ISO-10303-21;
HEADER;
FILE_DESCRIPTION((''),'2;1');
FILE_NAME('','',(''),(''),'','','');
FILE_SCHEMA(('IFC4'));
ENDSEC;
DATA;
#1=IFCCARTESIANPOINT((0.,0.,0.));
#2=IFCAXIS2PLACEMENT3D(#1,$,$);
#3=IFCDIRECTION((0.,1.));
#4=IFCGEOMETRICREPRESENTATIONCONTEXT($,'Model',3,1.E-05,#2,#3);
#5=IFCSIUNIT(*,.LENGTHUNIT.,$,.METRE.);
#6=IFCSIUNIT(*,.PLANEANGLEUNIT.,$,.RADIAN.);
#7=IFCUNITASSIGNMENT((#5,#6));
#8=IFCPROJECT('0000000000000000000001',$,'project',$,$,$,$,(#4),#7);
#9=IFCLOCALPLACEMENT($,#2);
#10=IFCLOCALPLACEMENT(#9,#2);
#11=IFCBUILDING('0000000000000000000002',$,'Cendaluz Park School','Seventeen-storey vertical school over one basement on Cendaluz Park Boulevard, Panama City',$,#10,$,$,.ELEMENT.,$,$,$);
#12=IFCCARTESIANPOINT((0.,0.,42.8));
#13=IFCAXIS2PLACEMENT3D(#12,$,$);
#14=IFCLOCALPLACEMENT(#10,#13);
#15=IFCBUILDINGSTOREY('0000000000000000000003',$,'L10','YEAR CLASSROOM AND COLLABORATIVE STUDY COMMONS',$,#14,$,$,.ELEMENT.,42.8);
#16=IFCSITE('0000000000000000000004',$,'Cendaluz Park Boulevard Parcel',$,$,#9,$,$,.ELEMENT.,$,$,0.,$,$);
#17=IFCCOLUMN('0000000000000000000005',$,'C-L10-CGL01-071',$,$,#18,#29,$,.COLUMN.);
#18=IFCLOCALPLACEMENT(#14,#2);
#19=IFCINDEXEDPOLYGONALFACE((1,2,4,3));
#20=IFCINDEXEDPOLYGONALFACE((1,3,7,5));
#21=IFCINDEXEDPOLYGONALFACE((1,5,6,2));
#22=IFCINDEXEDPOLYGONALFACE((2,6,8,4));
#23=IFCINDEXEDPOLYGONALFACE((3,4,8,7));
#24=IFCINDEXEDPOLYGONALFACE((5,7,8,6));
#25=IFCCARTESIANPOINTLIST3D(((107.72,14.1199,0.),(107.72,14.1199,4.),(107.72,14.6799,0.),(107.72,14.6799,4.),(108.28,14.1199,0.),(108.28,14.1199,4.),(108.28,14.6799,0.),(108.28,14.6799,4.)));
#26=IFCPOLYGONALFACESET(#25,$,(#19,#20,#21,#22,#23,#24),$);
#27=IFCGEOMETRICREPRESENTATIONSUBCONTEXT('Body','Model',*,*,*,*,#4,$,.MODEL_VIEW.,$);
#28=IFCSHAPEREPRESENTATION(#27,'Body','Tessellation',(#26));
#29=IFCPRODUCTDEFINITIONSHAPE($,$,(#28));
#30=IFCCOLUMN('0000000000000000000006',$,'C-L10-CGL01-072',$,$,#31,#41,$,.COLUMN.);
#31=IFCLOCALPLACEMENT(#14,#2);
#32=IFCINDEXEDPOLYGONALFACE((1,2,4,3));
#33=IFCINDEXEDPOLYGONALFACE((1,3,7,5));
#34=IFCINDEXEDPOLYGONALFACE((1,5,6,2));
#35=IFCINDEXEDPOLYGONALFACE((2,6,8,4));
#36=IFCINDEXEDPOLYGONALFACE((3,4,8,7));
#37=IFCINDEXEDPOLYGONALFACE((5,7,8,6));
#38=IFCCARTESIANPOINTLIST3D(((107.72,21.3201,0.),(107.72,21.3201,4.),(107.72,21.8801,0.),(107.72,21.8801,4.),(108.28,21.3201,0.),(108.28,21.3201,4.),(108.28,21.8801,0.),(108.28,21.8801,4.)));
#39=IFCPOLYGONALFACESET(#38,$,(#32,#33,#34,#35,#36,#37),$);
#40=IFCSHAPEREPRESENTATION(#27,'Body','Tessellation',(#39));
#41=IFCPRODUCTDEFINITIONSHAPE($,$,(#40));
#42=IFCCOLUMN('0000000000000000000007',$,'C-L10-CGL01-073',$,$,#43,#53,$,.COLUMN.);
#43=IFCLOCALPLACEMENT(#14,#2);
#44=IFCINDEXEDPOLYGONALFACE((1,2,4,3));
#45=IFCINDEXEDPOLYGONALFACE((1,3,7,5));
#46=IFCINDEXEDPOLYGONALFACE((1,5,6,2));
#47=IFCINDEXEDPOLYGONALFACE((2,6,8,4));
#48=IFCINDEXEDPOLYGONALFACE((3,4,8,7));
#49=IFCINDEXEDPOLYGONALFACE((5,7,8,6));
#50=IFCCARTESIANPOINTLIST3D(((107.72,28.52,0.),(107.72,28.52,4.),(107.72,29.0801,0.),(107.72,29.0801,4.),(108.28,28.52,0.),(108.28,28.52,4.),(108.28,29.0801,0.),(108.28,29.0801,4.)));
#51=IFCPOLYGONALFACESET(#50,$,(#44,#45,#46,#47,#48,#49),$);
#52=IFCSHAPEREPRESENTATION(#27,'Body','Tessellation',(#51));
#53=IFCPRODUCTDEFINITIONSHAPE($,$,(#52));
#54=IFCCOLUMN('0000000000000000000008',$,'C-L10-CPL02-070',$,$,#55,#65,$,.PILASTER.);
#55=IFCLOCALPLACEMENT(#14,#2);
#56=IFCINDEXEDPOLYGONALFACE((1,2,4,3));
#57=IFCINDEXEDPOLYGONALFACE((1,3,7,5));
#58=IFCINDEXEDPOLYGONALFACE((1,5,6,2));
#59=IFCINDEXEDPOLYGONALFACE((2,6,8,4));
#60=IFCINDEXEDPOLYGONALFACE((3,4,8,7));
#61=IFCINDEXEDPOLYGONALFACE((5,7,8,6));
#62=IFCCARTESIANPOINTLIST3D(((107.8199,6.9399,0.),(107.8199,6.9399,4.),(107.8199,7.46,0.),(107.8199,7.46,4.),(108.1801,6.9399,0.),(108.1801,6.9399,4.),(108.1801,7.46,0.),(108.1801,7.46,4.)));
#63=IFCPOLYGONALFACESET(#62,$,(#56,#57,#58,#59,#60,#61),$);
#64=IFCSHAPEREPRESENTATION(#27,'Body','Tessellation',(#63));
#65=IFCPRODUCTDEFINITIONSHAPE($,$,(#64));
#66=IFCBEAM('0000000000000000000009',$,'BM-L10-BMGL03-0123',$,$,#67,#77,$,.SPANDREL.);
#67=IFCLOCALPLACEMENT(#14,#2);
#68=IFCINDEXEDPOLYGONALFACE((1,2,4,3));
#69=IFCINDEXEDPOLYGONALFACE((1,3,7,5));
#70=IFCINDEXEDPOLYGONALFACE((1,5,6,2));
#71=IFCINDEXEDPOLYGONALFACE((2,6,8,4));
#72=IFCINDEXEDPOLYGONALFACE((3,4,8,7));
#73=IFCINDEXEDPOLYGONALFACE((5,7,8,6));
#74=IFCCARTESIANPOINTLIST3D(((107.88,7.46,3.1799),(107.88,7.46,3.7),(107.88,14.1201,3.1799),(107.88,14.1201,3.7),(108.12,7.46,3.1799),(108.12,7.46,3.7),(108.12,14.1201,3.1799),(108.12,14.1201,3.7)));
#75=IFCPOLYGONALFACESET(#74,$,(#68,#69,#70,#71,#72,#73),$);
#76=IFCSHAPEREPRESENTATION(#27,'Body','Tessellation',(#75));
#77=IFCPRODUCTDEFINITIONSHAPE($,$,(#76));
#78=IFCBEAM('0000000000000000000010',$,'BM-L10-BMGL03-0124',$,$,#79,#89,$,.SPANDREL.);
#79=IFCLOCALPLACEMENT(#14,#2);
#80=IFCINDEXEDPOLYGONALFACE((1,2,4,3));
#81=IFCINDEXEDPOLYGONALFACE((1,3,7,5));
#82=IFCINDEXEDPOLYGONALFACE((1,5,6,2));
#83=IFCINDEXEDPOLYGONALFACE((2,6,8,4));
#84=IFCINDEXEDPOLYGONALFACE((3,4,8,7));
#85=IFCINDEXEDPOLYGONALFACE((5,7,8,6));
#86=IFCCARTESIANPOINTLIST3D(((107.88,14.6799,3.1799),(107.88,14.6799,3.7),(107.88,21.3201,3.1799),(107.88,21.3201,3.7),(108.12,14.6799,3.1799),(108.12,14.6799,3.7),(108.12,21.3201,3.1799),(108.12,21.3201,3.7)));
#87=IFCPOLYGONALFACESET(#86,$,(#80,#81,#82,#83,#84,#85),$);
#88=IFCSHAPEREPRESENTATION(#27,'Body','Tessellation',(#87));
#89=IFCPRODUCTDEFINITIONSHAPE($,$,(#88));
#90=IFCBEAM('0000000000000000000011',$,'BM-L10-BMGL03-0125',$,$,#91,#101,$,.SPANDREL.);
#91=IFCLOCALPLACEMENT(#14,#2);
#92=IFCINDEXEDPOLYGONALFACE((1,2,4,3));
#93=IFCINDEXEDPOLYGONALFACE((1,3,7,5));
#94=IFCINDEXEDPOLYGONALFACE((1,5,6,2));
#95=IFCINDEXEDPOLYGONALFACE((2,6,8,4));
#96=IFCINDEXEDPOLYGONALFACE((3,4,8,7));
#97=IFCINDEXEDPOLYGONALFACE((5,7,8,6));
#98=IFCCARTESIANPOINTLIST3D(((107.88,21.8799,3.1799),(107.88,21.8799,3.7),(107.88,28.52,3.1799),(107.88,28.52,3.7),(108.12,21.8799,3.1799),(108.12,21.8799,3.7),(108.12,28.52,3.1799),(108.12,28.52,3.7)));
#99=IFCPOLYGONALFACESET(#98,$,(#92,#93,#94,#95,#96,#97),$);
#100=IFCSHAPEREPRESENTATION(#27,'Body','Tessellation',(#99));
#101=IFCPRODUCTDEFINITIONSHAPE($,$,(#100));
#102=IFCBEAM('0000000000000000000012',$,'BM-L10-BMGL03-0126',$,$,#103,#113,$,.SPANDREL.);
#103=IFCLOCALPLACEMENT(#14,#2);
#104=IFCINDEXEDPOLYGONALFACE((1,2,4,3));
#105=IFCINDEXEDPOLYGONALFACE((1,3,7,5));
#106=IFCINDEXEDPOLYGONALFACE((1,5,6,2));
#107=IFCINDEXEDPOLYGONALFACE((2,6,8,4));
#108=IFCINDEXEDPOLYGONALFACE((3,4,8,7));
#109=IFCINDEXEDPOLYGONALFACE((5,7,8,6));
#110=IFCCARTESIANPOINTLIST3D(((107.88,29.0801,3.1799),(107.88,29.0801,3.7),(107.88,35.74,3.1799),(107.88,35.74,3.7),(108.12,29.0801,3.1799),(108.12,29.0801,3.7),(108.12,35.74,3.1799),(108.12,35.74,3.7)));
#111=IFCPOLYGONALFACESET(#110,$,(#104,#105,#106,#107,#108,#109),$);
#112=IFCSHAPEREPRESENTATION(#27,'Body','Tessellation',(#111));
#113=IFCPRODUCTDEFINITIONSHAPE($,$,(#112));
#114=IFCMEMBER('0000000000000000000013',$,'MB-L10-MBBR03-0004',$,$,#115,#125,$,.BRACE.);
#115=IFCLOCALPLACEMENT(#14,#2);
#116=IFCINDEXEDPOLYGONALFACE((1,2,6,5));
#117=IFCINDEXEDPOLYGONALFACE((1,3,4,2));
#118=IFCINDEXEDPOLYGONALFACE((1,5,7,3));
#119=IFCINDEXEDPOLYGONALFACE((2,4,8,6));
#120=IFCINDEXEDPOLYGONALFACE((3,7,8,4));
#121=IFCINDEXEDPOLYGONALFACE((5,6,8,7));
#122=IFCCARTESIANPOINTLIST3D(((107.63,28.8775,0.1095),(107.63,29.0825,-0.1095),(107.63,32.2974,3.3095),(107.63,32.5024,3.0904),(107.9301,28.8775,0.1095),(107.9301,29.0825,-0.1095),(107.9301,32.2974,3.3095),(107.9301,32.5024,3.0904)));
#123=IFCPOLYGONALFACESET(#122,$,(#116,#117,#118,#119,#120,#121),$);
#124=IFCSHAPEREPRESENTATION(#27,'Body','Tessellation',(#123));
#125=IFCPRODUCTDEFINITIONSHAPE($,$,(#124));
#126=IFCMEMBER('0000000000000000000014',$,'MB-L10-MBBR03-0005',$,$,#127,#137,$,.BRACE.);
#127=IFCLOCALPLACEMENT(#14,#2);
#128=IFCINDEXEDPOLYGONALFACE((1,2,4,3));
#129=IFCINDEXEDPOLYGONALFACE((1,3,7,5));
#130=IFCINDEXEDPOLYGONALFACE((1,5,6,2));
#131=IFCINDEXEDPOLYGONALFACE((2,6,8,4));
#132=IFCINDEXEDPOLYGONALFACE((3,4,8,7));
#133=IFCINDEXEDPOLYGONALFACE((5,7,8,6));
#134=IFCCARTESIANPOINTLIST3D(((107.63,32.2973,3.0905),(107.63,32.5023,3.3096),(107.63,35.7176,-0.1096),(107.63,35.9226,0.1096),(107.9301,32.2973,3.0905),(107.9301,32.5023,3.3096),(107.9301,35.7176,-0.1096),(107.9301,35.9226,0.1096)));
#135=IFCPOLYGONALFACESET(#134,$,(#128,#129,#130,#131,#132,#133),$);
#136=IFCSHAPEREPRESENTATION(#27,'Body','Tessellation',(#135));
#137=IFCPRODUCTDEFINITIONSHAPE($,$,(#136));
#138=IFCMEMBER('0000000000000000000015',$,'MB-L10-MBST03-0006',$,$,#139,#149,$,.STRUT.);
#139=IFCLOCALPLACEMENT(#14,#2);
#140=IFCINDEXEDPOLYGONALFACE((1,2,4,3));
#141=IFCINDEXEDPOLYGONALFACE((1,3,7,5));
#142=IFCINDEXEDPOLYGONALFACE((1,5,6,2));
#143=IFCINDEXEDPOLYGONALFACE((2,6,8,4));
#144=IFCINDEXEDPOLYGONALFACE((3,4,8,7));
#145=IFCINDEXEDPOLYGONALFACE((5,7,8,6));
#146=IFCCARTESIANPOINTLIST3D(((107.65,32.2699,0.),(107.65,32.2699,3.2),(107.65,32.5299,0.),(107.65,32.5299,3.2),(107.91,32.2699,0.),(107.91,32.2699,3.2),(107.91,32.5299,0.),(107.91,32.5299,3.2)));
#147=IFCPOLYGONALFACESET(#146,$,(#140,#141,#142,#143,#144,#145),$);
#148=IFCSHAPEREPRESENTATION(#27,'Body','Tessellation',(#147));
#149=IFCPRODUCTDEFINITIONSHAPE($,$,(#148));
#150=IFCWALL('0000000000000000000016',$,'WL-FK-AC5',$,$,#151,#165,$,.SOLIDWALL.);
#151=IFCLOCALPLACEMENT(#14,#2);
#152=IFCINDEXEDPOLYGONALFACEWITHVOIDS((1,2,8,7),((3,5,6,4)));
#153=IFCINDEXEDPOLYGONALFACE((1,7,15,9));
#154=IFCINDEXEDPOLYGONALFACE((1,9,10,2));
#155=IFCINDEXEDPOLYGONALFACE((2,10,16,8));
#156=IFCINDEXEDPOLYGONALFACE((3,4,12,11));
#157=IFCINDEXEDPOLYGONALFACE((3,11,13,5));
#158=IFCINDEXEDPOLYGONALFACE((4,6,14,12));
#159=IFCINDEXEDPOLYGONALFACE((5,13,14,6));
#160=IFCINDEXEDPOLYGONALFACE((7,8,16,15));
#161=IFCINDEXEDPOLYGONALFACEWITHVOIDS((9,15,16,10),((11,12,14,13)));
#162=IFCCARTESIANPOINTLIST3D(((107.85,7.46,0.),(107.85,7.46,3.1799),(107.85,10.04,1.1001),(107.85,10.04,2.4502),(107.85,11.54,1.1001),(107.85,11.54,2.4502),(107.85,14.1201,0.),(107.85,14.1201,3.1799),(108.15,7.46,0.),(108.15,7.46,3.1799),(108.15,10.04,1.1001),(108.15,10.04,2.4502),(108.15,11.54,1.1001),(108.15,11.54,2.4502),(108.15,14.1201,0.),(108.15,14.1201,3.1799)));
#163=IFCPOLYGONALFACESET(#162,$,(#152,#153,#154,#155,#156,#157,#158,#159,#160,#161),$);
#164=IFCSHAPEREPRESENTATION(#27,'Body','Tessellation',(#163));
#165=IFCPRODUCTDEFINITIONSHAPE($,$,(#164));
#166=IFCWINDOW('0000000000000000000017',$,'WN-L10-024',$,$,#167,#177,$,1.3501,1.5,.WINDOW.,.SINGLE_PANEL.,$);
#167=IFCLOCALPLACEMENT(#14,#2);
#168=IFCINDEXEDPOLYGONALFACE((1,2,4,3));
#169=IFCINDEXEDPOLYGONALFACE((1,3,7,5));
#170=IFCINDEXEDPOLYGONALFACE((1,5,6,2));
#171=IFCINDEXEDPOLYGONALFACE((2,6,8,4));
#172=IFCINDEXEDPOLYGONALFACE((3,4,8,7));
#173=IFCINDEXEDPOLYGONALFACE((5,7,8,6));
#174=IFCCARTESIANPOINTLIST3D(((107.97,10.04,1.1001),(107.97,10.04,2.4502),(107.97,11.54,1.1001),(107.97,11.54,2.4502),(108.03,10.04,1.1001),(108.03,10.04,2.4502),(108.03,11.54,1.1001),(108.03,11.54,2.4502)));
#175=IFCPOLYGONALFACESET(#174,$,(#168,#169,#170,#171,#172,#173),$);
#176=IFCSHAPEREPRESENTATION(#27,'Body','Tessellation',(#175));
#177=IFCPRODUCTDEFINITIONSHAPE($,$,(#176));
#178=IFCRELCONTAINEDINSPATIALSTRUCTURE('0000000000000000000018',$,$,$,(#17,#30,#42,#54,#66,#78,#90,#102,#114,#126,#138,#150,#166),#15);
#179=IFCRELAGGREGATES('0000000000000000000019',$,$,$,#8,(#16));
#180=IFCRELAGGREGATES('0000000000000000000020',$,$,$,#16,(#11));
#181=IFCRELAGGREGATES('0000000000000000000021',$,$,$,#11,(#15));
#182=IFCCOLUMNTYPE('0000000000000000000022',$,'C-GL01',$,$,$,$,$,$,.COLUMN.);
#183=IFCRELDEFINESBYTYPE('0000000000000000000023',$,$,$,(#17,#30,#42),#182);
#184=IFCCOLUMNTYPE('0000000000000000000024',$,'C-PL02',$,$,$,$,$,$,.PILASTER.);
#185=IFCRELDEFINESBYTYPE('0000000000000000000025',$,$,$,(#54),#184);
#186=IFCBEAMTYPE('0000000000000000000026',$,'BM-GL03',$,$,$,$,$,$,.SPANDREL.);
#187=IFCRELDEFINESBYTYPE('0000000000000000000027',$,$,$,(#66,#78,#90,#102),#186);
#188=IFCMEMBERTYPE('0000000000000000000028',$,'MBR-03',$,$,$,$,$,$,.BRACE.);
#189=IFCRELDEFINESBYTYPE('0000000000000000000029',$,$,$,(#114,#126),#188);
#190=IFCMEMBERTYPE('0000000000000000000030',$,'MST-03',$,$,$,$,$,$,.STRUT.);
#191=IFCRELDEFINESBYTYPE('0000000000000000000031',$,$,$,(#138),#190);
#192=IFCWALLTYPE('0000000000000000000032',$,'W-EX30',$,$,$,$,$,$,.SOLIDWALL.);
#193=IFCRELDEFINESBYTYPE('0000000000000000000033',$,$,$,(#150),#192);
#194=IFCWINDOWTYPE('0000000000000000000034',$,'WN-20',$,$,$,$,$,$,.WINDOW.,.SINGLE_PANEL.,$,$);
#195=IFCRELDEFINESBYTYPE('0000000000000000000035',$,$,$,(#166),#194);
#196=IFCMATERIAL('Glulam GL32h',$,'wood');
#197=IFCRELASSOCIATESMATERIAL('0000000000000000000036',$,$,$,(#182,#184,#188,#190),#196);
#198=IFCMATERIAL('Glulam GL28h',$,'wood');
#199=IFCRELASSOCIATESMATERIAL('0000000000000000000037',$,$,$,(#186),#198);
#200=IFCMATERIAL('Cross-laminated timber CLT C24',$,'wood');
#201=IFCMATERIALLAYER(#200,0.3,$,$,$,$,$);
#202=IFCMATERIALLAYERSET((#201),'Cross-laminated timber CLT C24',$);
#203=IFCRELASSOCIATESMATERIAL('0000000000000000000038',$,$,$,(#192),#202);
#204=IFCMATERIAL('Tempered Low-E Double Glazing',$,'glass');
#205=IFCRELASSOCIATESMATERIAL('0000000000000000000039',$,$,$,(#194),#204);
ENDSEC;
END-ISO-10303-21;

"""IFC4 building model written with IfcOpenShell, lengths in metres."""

from ifc_helpers import new_model, si_unit, direction, frame, frame_2d, origin, origin_2d, place, context, subcontext, project, spatial, rectangle, extrude, material, layer, layer_set, material_profile, profile_set, type_object, element, fill, save


model = new_model("IFC4")

# Units and contexts
model_context = context("Model", 3, precision=1e-05, world=origin(), true_north=direction((0.0, 1.0)))
body_context = subcontext(model_context, "Body", "Model", "MODEL_VIEW")
ifc_project = project(units=[si_unit("LENGTHUNIT", "METRE"), si_unit("PLANEANGLEUNIT", "RADIAN")], contexts=[model_context])

# Site, building, storey
site_placement = place(None, origin())
site = spatial("IfcSite", under=ifc_project, at=site_placement, Name="Cendaluz Park Boulevard Parcel", CompositionType="ELEMENT", RefElevation=0.0)
building_placement = place(site_placement, origin())
building = spatial("IfcBuilding", under=site, at=building_placement, Name="Cendaluz Park School", Description="Seventeen-storey vertical school over one basement on Cendaluz Park Boulevard, Panama City", CompositionType="ELEMENT")
storey_placement = place(building_placement, frame((0.0, 0.0, 42.8)))
storey = spatial("IfcBuildingStorey", under=building, at=storey_placement, Name="L10", Description="YEAR CLASSROOM AND COLLABORATIVE STUDY COMMONS", CompositionType="ELEMENT", Elevation=42.8)

# Columns
ifc_material_1 = material(Name="Glulam GL32h", Category="wood")
ifc_material_profile_1 = material_profile(ifc_material_1, rectangle(XDim=0.5601, YDim=0.5601, at=origin_2d()), Name="GL32h 560x560", Category="wood")
ifc_profile_set_1 = profile_set([ifc_material_profile_1], Name="Glulam GL32h")
column_type_1 = type_object("IfcColumnType", Name="C-GL01", PredefinedType="COLUMN", material=ifc_profile_set_1)
for number, where, z_axis, x_axis, name in (
    (1, (108.0, 14.3999, 0.0), (0.0, 0.0, 1.0), (1.0, 0.0, 0.0), "C-L10-CGL01-071"),
    (2, (108.0, 21.6001, 0.0), (0.0, 0.0, 1.0), (1.0, 0.0, 0.0), "C-L10-CGL01-072"),
    (3, (108.0, 28.8, 0.0), (0.0, 0.0, 1.0), (1.0, 0.0, 0.0), "C-L10-CGL01-073"),
):
    element("IfcColumn", number, at=place(storey_placement, frame(where, z_axis=z_axis, x_axis=x_axis)), inside=storey, type_object=column_type_1, Name=name, PredefinedType="COLUMN", context=body_context, shape_type="SweptSolid", body=[
        extrude(rectangle(XDim=0.5601, YDim=0.5601, at=origin_2d()), origin(), (0.0, 0.0, 1.0), 4.0),
    ])
ifc_material_profile_2 = material_profile(ifc_material_1, rectangle(XDim=0.3601, YDim=0.52, at=origin_2d()), Name="GL32h 360x520", Category="wood")
ifc_profile_set_2 = profile_set([ifc_material_profile_2], Name="Glulam GL32h")
column_type_2 = type_object("IfcColumnType", Name="C-PL02", PredefinedType="PILASTER", material=ifc_profile_set_2)
column_placement = place(storey_placement, frame((108.0, 7.2, 0.0), z_axis=(0.0, 0.0, 1.0), x_axis=(1.0, 0.0, 0.0)))
element("IfcColumn", 4, at=column_placement, inside=storey, type_object=column_type_2, Name="C-L10-CPL02-070", PredefinedType="PILASTER", context=body_context, shape_type="SweptSolid", body=[
    extrude(rectangle(XDim=0.3601, YDim=0.52, at=origin_2d()), origin(), (0.0, 0.0, 1.0), 4.0),
])

# Beams
ifc_material_2 = material(Name="Glulam GL28h", Category="wood")
ifc_material_profile_3 = material_profile(ifc_material_2, rectangle(XDim=0.24, YDim=0.52, at=origin_2d()), Name="GL28h 240x520", Category="wood")
ifc_profile_set_3 = profile_set([ifc_material_profile_3], Name="Glulam GL28h")
beam_type = type_object("IfcBeamType", Name="BM-GL03", PredefinedType="SPANDREL", material=ifc_profile_set_3)
beam_1_placement = place(storey_placement, frame((108.0, 7.46, 3.4399), z_axis=(0.0, 1.0, 0.0), x_axis=(-1.0, 0.0, 0.0)))
element("IfcBeam", 5, at=beam_1_placement, inside=storey, type_object=beam_type, Name="BM-L10-BMGL03-0123", PredefinedType="SPANDREL", context=body_context, shape_type="SweptSolid", body=[
    extrude(rectangle(XDim=0.24, YDim=0.52, at=origin_2d()), origin(), (0.0, 0.0, 1.0), 6.6602),
])
for number, where, z_axis, x_axis, name in (
    (6, (108.0, 14.6799, 3.4399), (0.0, 1.0, 0.0), (-1.0, 0.0, 0.0), "BM-L10-BMGL03-0124"),
    (7, (108.0, 21.8799, 3.4399), (0.0, 1.0, 0.0), (-1.0, 0.0, 0.0), "BM-L10-BMGL03-0125"),
):
    element("IfcBeam", number, at=place(storey_placement, frame(where, z_axis=z_axis, x_axis=x_axis)), inside=storey, type_object=beam_type, Name=name, PredefinedType="SPANDREL", context=body_context, shape_type="SweptSolid", body=[
        extrude(rectangle(XDim=0.24, YDim=0.52, at=origin_2d()), origin(), (0.0, 0.0, 1.0), 6.6401),
    ])
beam_2_placement = place(storey_placement, frame((108.0, 29.0801, 3.4399), z_axis=(0.0, 1.0, 0.0), x_axis=(-1.0, 0.0, 0.0)))
element("IfcBeam", 8, at=beam_2_placement, inside=storey, type_object=beam_type, Name="BM-L10-BMGL03-0126", PredefinedType="SPANDREL", context=body_context, shape_type="SweptSolid", body=[
    extrude(rectangle(XDim=0.24, YDim=0.52, at=origin_2d()), origin(), (0.0, 0.0, 1.0), 6.6599),
])

# Members
ifc_material_profile_4 = material_profile(ifc_material_1, rectangle(XDim=0.3, YDim=0.3, at=origin_2d()), Name="GL32h 300x300", Category="wood")
ifc_profile_set_4 = profile_set([ifc_material_profile_4], Name="Glulam GL32h")
member_type_1 = type_object("IfcMemberType", Name="MBR-03", PredefinedType="BRACE", material=ifc_profile_set_4)
member_1_placement = place(storey_placement, frame((107.78, 28.98, 0.0), z_axis=(0.0, 0.7302, 0.683233), x_axis=(-1.0, 0.0, 0.0)))
element("IfcMember", 9, at=member_1_placement, inside=storey, type_object=member_type_1, Name="MB-L10-MBBR03-0004", PredefinedType="BRACE", context=body_context, shape_type="SweptSolid", body=[
    extrude(rectangle(XDim=0.3, YDim=0.3, at=origin_2d()), origin(), (0.0, 0.0, 1.0), 4.6836),
])
member_2_placement = place(storey_placement, frame((107.78, 35.8201, 0.0), z_axis=(0.0, -0.730224, 0.683207), x_axis=(1.0, 0.0, 0.0)))
element("IfcMember", 10, at=member_2_placement, inside=storey, type_object=member_type_1, Name="MB-L10-MBBR03-0005", PredefinedType="BRACE", context=body_context, shape_type="SweptSolid", body=[
    extrude(rectangle(XDim=0.3, YDim=0.3, at=origin_2d()), origin(), (0.0, 0.0, 1.0), 4.6838),
])
ifc_material_profile_5 = material_profile(ifc_material_1, rectangle(XDim=0.26, YDim=0.26, at=origin_2d()), Name="GL32h 260x260", Category="wood")
ifc_profile_set_5 = profile_set([ifc_material_profile_5], Name="Glulam GL32h")
member_type_2 = type_object("IfcMemberType", Name="MST-03", PredefinedType="STRUT", material=ifc_profile_set_5)
member_3_placement = place(storey_placement, frame((107.78, 32.3999, 0.0), z_axis=(0.0, 0.0, 1.0), x_axis=(1.0, 0.0, 0.0)))
element("IfcMember", 11, at=member_3_placement, inside=storey, type_object=member_type_2, Name="MB-L10-MBST03-0006", PredefinedType="STRUT", context=body_context, shape_type="SweptSolid", body=[
    extrude(rectangle(XDim=0.26, YDim=0.26, at=origin_2d()), origin(), (0.0, 0.0, 1.0), 3.2),
])

# Wall, opening, window
ifc_material_3 = material(Name="Cross-laminated timber CLT C24", Category="wood")
ifc_layer_1 = layer(ifc_material_3, 0.3)
ifc_layer_set_1 = layer_set([ifc_layer_1], Name="Cross-laminated timber CLT C24")
wall_type_1 = type_object("IfcWallType", Name="W-EX30", PredefinedType="SOLIDWALL", material=ifc_layer_set_1)
wall_1_placement = place(storey_placement, frame((108.0, 7.46, 0.0), z_axis=(0.0, 0.0, 1.0), x_axis=(0.0, 1.0, 0.0)))
wall_1 = element("IfcWall", 12, at=wall_1_placement, inside=storey, type_object=wall_type_1, Name="WL-FK-AC5", PredefinedType="SOLIDWALL", context=body_context, shape_type="SweptSolid", body=[
    extrude(rectangle(XDim=6.6602, YDim=0.3, at=frame_2d((3.3301, 0.0))), origin(), (0.0, 0.0, 1.0), 3.1799),
])
opening_placement = place(wall_1_placement, frame((2.5801, 0.0, 1.1001)))
opening = element("IfcOpeningElement", 13, at=opening_placement, cuts=wall_1, PredefinedType="OPENING", context=body_context, shape_type="SweptSolid", body=[
    extrude(rectangle(XDim=1.5, YDim=1.3501, at=frame_2d((0.75, 0.675))), frame((0.0, 0.1621, 0.0), z_axis=(0.0, -1.0, 0.0), x_axis=(1.0, 0.0, 0.0)), (0.0, 0.0, 1.0), 0.324),
])
ifc_material_4 = material(Name="Tempered Low-E Double Glazing", Category="glass")
window_type = type_object("IfcWindowType", Name="WN-20", PartitioningType="SINGLE_PANEL", PredefinedType="WINDOW", material=ifc_material_4)
window_placement = place(opening_placement, origin())
window = element("IfcWindow", 14, at=window_placement, inside=storey, type_object=window_type, Name="WN-L10-024", OverallHeight=1.3501, OverallWidth=1.5, PartitioningType="SINGLE_PANEL", PredefinedType="WINDOW", context=body_context, shape_type="SweptSolid", body=[
    extrude(rectangle(XDim=1.5, YDim=1.3501, at=frame_2d((0.75, 0.675))), frame((0.0, 0.03, 0.0), z_axis=(0.0, -1.0, 0.0), x_axis=(1.0, 0.0, 0.0)), (0.0, 0.0, 1.0), 0.0601),
])
fill(opening, window)

save(model, "model.ifc")
